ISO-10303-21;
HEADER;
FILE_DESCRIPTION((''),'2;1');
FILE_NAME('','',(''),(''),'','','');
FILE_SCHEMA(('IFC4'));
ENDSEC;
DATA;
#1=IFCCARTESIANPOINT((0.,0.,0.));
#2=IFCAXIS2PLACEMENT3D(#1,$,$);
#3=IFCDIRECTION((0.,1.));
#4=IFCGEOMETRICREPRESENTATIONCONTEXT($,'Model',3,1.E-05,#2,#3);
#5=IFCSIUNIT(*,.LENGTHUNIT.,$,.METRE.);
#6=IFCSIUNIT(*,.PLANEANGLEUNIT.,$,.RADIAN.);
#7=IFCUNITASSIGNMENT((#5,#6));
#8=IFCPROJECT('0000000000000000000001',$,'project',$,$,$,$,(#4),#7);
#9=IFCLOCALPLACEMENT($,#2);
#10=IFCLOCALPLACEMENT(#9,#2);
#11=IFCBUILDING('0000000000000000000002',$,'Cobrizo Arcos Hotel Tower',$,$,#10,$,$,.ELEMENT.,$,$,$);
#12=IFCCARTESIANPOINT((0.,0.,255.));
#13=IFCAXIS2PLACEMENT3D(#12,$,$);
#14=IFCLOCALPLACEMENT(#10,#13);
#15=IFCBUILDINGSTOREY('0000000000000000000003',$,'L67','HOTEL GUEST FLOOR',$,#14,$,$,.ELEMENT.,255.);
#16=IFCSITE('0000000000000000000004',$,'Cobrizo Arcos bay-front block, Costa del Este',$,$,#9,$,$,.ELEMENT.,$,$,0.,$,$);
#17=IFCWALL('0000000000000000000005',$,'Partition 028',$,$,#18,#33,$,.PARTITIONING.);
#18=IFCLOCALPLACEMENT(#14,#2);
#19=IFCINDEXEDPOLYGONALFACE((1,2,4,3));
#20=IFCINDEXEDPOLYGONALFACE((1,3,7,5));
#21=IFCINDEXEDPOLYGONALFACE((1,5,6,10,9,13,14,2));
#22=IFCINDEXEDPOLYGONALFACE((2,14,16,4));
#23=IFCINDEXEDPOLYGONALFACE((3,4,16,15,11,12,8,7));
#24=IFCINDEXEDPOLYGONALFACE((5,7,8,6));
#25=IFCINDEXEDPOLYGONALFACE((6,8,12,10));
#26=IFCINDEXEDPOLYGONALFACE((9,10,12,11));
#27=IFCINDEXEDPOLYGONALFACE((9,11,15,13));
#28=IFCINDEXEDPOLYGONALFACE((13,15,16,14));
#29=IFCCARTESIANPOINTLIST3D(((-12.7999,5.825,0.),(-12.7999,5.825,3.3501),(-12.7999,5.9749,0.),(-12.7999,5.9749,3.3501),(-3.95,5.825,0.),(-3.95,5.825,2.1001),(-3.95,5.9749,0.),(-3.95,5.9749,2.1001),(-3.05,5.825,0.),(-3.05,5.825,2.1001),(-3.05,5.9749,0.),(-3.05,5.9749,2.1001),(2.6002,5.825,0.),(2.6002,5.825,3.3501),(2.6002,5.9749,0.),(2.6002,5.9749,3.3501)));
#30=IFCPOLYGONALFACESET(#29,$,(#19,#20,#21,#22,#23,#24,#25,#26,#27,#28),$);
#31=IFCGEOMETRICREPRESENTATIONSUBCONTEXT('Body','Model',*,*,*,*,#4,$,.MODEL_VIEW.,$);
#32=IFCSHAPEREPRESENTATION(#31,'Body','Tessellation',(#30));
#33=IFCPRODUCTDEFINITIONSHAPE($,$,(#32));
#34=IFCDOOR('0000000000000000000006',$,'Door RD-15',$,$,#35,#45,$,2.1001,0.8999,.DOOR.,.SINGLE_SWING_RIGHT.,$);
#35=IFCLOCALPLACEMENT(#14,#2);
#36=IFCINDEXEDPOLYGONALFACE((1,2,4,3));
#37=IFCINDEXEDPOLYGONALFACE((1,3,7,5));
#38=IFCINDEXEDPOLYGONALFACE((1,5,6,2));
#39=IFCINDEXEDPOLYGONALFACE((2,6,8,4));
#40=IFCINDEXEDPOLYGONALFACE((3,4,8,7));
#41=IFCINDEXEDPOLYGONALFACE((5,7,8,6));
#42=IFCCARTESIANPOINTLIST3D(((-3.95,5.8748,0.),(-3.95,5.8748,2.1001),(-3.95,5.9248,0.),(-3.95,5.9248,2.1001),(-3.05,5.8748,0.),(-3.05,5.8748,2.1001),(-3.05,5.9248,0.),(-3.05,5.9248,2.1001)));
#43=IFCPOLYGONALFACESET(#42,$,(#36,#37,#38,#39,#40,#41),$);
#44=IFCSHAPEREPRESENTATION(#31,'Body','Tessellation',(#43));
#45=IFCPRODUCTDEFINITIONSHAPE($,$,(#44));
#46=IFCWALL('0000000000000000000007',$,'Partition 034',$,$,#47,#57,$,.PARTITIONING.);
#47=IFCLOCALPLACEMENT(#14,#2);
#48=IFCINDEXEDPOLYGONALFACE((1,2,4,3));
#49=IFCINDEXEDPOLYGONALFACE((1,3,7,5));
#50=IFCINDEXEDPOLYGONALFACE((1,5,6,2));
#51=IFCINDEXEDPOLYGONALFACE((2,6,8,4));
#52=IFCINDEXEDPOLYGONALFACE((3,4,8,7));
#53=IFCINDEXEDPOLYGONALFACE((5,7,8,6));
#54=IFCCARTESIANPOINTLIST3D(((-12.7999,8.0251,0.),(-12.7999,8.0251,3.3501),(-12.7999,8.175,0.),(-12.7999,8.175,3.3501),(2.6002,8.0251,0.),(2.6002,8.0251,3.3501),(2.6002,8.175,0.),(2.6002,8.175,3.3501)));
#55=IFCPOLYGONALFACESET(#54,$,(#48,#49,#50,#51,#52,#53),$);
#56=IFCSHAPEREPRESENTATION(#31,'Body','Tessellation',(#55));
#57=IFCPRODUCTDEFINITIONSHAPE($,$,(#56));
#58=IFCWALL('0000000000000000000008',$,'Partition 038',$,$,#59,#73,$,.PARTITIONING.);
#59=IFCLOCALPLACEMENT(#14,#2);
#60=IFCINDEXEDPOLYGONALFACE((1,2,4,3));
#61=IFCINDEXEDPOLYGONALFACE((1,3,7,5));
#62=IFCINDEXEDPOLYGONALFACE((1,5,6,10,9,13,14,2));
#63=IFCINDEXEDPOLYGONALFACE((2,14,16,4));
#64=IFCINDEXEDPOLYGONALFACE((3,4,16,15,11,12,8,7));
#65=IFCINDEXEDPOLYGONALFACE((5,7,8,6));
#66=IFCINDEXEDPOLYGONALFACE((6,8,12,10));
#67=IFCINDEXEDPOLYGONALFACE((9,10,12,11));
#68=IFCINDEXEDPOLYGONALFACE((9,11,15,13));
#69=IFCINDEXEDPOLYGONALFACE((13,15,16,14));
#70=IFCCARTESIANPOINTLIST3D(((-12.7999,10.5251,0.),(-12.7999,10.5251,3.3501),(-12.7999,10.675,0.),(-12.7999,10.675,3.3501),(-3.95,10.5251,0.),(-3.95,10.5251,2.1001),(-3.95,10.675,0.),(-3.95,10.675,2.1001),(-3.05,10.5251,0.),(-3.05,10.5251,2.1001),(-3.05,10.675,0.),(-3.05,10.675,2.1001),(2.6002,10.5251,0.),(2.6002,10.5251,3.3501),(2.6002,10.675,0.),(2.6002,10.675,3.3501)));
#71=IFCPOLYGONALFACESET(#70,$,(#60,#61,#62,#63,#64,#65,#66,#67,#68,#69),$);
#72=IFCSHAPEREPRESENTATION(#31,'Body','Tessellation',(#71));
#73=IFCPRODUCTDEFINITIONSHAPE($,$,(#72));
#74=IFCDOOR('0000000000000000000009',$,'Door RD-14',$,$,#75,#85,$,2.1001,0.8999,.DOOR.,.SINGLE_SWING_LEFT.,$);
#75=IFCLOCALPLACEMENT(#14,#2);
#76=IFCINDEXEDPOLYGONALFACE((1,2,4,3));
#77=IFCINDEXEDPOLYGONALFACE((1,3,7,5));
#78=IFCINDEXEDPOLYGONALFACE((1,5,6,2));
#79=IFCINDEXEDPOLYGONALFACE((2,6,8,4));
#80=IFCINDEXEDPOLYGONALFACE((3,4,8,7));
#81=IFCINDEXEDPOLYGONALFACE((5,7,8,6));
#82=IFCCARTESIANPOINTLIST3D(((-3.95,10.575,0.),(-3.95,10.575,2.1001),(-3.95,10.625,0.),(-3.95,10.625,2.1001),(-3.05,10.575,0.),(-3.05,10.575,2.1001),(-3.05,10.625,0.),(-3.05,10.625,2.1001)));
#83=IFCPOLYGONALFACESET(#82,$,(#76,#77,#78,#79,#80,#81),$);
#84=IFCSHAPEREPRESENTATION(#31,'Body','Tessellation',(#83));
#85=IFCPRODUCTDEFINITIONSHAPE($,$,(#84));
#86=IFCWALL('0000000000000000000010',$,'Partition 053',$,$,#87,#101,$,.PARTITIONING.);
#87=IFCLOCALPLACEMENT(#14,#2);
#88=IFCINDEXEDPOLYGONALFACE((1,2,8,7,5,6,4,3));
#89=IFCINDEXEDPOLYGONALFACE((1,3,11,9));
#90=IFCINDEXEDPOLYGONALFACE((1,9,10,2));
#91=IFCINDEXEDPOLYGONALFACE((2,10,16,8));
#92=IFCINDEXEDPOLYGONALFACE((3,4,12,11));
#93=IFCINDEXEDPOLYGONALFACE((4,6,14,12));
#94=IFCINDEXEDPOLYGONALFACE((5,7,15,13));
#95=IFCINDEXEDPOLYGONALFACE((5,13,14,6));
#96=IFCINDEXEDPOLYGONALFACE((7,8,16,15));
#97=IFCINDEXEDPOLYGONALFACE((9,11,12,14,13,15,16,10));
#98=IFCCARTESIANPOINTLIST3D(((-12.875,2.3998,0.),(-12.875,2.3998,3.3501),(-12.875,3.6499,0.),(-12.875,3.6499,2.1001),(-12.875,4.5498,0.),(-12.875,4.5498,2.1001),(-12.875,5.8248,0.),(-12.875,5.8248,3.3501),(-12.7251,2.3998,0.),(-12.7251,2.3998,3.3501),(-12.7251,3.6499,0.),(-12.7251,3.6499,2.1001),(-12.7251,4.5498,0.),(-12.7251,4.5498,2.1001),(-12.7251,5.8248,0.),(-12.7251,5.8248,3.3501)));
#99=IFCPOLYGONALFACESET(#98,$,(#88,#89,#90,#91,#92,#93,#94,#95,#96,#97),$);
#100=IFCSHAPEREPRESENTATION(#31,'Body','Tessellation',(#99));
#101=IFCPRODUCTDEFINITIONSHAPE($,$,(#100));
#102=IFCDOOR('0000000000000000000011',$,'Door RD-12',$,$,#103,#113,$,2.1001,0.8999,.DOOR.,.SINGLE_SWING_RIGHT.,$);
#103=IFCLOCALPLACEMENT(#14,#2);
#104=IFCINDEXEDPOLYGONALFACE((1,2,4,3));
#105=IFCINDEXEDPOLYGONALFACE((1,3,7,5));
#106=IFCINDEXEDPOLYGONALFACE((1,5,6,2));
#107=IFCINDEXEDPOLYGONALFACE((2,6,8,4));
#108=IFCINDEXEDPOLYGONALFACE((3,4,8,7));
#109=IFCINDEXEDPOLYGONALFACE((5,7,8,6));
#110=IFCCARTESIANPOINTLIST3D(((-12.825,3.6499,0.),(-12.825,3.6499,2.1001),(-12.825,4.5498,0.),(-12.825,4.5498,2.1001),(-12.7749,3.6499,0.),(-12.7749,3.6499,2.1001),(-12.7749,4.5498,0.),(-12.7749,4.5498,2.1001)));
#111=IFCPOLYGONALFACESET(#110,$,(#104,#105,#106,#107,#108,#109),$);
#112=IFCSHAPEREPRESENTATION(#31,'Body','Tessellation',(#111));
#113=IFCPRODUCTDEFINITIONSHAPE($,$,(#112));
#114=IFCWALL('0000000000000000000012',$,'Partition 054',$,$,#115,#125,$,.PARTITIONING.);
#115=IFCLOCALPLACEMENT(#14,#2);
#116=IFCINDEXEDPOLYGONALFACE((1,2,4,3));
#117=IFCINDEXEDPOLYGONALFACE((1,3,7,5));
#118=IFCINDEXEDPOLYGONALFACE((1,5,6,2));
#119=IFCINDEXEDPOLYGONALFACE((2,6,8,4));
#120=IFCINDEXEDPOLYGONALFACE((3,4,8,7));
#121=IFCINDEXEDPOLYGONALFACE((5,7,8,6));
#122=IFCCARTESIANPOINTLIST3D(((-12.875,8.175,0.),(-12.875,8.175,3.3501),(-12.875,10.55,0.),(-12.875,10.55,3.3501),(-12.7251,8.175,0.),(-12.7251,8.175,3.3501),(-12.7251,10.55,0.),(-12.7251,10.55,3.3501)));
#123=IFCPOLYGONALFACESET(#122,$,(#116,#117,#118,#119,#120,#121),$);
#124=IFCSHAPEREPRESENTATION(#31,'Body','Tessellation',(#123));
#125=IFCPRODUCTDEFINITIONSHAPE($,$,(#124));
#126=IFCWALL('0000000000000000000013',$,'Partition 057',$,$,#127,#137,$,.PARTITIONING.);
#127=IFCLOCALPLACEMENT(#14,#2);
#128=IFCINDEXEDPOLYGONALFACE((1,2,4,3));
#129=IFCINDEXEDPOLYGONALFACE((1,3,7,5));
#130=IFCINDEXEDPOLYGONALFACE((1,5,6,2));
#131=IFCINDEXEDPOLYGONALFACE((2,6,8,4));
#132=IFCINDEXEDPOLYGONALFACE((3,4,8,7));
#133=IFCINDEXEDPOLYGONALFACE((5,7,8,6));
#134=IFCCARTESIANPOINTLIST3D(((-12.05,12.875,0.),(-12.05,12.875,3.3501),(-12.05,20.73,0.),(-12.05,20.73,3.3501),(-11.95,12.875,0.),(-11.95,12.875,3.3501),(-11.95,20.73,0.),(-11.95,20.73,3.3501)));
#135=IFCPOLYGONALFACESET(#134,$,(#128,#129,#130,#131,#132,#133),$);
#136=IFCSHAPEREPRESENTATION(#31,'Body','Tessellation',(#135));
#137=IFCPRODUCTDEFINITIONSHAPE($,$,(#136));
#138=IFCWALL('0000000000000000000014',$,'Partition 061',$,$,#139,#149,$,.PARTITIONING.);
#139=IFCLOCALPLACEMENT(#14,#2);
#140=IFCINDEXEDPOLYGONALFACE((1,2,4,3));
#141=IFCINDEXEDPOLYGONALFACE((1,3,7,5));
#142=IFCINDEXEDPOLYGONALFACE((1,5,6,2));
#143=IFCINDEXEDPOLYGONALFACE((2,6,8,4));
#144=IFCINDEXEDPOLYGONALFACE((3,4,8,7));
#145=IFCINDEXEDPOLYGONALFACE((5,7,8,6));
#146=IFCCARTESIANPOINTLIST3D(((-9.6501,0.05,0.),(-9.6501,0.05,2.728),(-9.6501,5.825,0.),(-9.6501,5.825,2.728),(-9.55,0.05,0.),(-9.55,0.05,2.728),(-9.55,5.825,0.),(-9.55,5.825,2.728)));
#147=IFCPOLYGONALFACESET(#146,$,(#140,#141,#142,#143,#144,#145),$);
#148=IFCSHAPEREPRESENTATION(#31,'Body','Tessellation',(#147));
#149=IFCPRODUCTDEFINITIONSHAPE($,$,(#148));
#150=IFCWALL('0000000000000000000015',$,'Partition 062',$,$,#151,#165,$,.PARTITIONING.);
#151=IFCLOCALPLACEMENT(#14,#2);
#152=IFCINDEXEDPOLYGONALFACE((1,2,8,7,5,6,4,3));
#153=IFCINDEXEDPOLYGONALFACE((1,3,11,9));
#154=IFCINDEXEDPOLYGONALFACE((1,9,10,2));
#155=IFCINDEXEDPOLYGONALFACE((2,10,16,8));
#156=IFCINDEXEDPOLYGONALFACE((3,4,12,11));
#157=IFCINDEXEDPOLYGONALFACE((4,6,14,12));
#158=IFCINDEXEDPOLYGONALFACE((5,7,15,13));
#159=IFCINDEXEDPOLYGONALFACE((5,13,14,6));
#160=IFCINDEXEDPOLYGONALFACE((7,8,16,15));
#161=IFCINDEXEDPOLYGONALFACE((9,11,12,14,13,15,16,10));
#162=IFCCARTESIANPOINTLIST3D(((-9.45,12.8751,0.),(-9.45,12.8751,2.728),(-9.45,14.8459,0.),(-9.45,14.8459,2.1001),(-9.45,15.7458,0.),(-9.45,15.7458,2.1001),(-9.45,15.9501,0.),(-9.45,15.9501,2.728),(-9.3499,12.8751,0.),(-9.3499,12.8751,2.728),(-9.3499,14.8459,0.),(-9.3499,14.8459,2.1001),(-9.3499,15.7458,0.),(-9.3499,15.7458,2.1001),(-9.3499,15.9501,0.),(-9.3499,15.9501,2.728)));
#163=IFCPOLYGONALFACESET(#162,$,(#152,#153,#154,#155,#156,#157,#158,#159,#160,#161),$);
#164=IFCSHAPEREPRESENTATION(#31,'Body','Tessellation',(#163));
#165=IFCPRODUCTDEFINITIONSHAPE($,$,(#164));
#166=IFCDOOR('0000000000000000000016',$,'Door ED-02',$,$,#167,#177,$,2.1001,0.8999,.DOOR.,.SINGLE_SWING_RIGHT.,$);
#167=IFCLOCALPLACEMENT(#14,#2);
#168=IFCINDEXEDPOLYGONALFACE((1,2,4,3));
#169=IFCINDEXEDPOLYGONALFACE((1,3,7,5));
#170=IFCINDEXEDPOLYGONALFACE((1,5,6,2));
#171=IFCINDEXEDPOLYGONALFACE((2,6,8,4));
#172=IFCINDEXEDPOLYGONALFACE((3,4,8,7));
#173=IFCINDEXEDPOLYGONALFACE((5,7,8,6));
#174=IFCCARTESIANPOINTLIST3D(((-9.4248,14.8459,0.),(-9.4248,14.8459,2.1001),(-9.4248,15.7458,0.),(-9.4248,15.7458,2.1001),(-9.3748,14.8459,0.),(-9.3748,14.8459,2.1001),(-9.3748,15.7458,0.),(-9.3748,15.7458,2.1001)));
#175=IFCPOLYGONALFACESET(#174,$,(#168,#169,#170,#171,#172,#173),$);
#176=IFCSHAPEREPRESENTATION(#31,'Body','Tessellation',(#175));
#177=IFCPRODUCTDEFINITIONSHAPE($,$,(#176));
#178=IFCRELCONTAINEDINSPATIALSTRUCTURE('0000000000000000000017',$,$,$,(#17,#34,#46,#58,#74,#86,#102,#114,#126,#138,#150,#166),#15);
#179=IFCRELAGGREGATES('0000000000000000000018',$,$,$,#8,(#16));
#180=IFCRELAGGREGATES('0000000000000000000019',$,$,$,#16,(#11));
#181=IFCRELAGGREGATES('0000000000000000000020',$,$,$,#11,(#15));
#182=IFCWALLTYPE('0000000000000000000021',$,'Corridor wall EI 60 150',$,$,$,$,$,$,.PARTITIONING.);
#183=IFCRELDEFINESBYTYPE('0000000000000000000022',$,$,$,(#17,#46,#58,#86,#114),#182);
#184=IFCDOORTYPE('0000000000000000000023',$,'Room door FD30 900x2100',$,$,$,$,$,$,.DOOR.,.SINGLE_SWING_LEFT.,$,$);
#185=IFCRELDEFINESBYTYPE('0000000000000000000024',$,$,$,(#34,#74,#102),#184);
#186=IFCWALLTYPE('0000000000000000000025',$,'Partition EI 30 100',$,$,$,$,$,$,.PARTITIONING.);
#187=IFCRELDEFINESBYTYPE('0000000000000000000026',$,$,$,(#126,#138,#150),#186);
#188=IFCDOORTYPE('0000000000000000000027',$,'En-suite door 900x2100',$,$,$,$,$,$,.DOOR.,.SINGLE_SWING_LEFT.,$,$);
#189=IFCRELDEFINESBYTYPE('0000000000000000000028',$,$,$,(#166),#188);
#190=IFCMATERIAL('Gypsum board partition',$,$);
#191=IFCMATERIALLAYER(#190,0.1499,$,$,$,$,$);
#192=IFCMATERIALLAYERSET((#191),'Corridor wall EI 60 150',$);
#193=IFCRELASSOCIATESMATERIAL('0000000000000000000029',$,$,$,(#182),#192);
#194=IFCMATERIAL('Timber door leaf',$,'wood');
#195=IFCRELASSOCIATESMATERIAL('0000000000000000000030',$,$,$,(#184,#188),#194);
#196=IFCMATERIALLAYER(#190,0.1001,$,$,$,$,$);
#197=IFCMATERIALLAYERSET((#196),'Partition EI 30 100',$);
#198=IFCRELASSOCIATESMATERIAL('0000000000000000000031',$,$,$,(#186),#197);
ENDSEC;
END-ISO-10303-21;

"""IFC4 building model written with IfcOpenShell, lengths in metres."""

from ifc_helpers import new_model, si_unit, direction, frame, frame_2d, origin, place, context, subcontext, project, spatial, rectangle, extrude, material, layer, layer_set, type_object, element, fill, save


model = new_model("IFC4")

# Units and contexts
model_context = context("Model", 3, precision=1e-05, world=origin(), true_north=direction((0.0, 1.0)))
body_context = subcontext(model_context, "Body", "Model", "MODEL_VIEW")
ifc_project = project(units=[si_unit("LENGTHUNIT", "METRE"), si_unit("PLANEANGLEUNIT", "RADIAN")], contexts=[model_context])

# Site, building, storey
site_placement = place(None, origin())
site = spatial("IfcSite", under=ifc_project, at=site_placement, Name="Cobrizo Arcos bay-front block, Costa del Este", CompositionType="ELEMENT", RefElevation=0.0)
building_placement = place(site_placement, origin())
building = spatial("IfcBuilding", under=site, at=building_placement, Name="Cobrizo Arcos Hotel Tower", CompositionType="ELEMENT")
storey_placement = place(building_placement, frame((0.0, 0.0, 255.0)))
storey = spatial("IfcBuildingStorey", under=building, at=storey_placement, Name="L67", Description="HOTEL GUEST FLOOR", CompositionType="ELEMENT", Elevation=255.0)

# Wall, opening, door
ifc_material_1 = material(Name="Gypsum board partition")
ifc_layer_1 = layer(ifc_material_1, 0.1499)
ifc_layer_set_1 = layer_set([ifc_layer_1], Name="Corridor wall EI 60 150")
wall_type_1 = type_object("IfcWallType", Name="Corridor wall EI 60 150", PredefinedType="PARTITIONING", material=ifc_layer_set_1)
wall_1_placement = place(storey_placement, frame((-12.8, 5.8999, 0.0), z_axis=(0.0, 0.0, 1.0), x_axis=(1.0, 0.0, 0.0)))
wall_1 = element("IfcWall", 1, at=wall_1_placement, inside=storey, type_object=wall_type_1, Name="Partition 028", PredefinedType="PARTITIONING", context=body_context, shape_type="SweptSolid", body=[
    extrude(rectangle(XDim=15.4001, YDim=0.1499, at=frame_2d((7.7002, 0.0))), origin(), (0.0, 0.0, 1.0), 3.3501),
])
opening_1_placement = place(wall_1_placement, frame((8.8501, 0.0, 0.0)))
opening_1 = element("IfcOpeningElement", 2, at=opening_1_placement, cuts=wall_1, PredefinedType="OPENING", context=body_context, shape_type="SweptSolid", body=[
    extrude(rectangle(XDim=0.8999, YDim=2.1001, at=frame_2d((0.45, 1.05))), frame((0.0, 0.0869, 0.0), z_axis=(0.0, -1.0, 0.0), x_axis=(1.0, 0.0, 0.0)), (0.0, 0.0, 1.0), 0.1738),
])
ifc_material_2 = material(Name="Timber door leaf", Category="wood")
door_type_1 = type_object("IfcDoorType", Name="Room door FD30 900x2100", OperationType="SINGLE_SWING_LEFT", PredefinedType="DOOR", material=ifc_material_2)
door_1_placement = place(opening_1_placement, origin())
door_1 = element("IfcDoor", 3, at=door_1_placement, inside=storey, type_object=door_type_1, Name="Door RD-15", OperationType="SINGLE_SWING_RIGHT", OverallHeight=2.1001, OverallWidth=0.8999, PredefinedType="DOOR", context=body_context, shape_type="SweptSolid", body=[
    extrude(rectangle(XDim=0.8999, YDim=2.1001, at=frame_2d((0.45, 1.05))), frame((0.0, 0.0249, 0.0), z_axis=(0.0, -1.0, 0.0), x_axis=(1.0, 0.0, 0.0)), (0.0, 0.0, 1.0), 0.05),
])
fill(opening_1, door_1)

# Wall
wall_2_placement = place(storey_placement, frame((-12.8, 8.1001, 0.0), z_axis=(0.0, 0.0, 1.0), x_axis=(1.0, 0.0, 0.0)))
element("IfcWall", 4, at=wall_2_placement, inside=storey, type_object=wall_type_1, Name="Partition 034", PredefinedType="PARTITIONING", context=body_context, shape_type="SweptSolid", body=[
    extrude(rectangle(XDim=15.4001, YDim=0.1499, at=frame_2d((7.7002, 0.0))), origin(), (0.0, 0.0, 1.0), 3.3501),
])

# Walls, openings, doors
wall_3_placement = place(storey_placement, frame((-12.8, 10.6001, 0.0), z_axis=(0.0, 0.0, 1.0), x_axis=(1.0, 0.0, 0.0)))
wall_3 = element("IfcWall", 5, at=wall_3_placement, inside=storey, type_object=wall_type_1, Name="Partition 038", PredefinedType="PARTITIONING", context=body_context, shape_type="SweptSolid", body=[
    extrude(rectangle(XDim=15.4001, YDim=0.1499, at=frame_2d((7.7002, 0.0))), origin(), (0.0, 0.0, 1.0), 3.3501),
])
opening_2_placement = place(wall_3_placement, frame((8.8501, 0.0, 0.0)))
opening_2 = element("IfcOpeningElement", 6, at=opening_2_placement, cuts=wall_3, PredefinedType="OPENING", context=body_context, shape_type="SweptSolid", body=[
    extrude(rectangle(XDim=0.8999, YDim=2.1001, at=frame_2d((0.45, 1.05))), frame((0.0, 0.0869, 0.0), z_axis=(0.0, -1.0, 0.0), x_axis=(1.0, 0.0, 0.0)), (0.0, 0.0, 1.0), 0.1738),
])
door_2_placement = place(opening_2_placement, origin())
door_2 = element("IfcDoor", 7, at=door_2_placement, inside=storey, type_object=door_type_1, Name="Door RD-14", OperationType="SINGLE_SWING_LEFT", OverallHeight=2.1001, OverallWidth=0.8999, PredefinedType="DOOR", context=body_context, shape_type="SweptSolid", body=[
    extrude(rectangle(XDim=0.8999, YDim=2.1001, at=frame_2d((0.45, 1.05))), frame((0.0, 0.0249, 0.0), z_axis=(0.0, -1.0, 0.0), x_axis=(1.0, 0.0, 0.0)), (0.0, 0.0, 1.0), 0.05),
])
fill(opening_2, door_2)
wall_4_placement = place(storey_placement, frame((-12.8, 2.3999, 0.0), z_axis=(0.0, 0.0, 1.0), x_axis=(0.0, 1.0, 0.0)))
wall_4 = element("IfcWall", 8, at=wall_4_placement, inside=storey, type_object=wall_type_1, Name="Partition 053", PredefinedType="PARTITIONING", context=body_context, shape_type="SweptSolid", body=[
    extrude(rectangle(XDim=3.425, YDim=0.1499, at=frame_2d((1.7124, 0.0))), origin(), (0.0, 0.0, 1.0), 3.3501),
])
opening_3_placement = place(wall_4_placement, frame((1.25, 0.0, 0.0)))
opening_3 = element("IfcOpeningElement", 9, at=opening_3_placement, cuts=wall_4, PredefinedType="OPENING", context=body_context, shape_type="SweptSolid", body=[
    extrude(rectangle(XDim=0.8999, YDim=2.1001, at=frame_2d((0.45, 1.05))), frame((0.0, 0.0869, 0.0), z_axis=(0.0, -1.0, 0.0), x_axis=(1.0, 0.0, 0.0)), (0.0, 0.0, 1.0), 0.1738),
])
door_3_placement = place(opening_3_placement, origin())
door_3 = element("IfcDoor", 10, at=door_3_placement, inside=storey, type_object=door_type_1, Name="Door RD-12", OperationType="SINGLE_SWING_RIGHT", OverallHeight=2.1001, OverallWidth=0.8999, PredefinedType="DOOR", context=body_context, shape_type="SweptSolid", body=[
    extrude(rectangle(XDim=0.8999, YDim=2.1001, at=frame_2d((0.45, 1.05))), frame((0.0, 0.0249, 0.0), z_axis=(0.0, -1.0, 0.0), x_axis=(1.0, 0.0, 0.0)), (0.0, 0.0, 1.0), 0.05),
])
fill(opening_3, door_3)

# Walls
wall_5_placement = place(storey_placement, frame((-12.8, 8.175, 0.0), z_axis=(0.0, 0.0, 1.0), x_axis=(0.0, 1.0, 0.0)))
element("IfcWall", 11, at=wall_5_placement, inside=storey, type_object=wall_type_1, Name="Partition 054", PredefinedType="PARTITIONING", context=body_context, shape_type="SweptSolid", body=[
    extrude(rectangle(XDim=2.375, YDim=0.1499, at=frame_2d((1.1875, 0.0))), origin(), (0.0, 0.0, 1.0), 3.3501),
])
ifc_layer_2 = layer(ifc_material_1, 0.1001)
ifc_layer_set_2 = layer_set([ifc_layer_2], Name="Partition EI 30 100")
wall_type_2 = type_object("IfcWallType", Name="Partition EI 30 100", PredefinedType="PARTITIONING", material=ifc_layer_set_2)
wall_6_placement = place(storey_placement, frame((-12.0, 12.875, 0.0), z_axis=(0.0, 0.0, 1.0), x_axis=(0.0, 1.0, 0.0)))
element("IfcWall", 12, at=wall_6_placement, inside=storey, type_object=wall_type_2, Name="Partition 057", PredefinedType="PARTITIONING", context=body_context, shape_type="SweptSolid", body=[
    extrude(rectangle(XDim=7.855, YDim=0.1001, at=frame_2d((3.9275, 0.0))), origin(), (0.0, 0.0, 1.0), 3.3501),
])
wall_7_placement = place(storey_placement, frame((-9.6001, 0.05, 0.0), z_axis=(0.0, 0.0, 1.0), x_axis=(0.0, 1.0, 0.0)))
element("IfcWall", 13, at=wall_7_placement, inside=storey, type_object=wall_type_2, Name="Partition 061", PredefinedType="PARTITIONING", context=body_context, shape_type="SweptSolid", body=[
    extrude(rectangle(XDim=5.7749, YDim=0.1001, at=frame_2d((2.8875, 0.0))), origin(), (0.0, 0.0, 1.0), 2.728),
])

# Wall, opening, door
wall_8_placement = place(storey_placement, frame((-9.3999, 12.875, 0.0), z_axis=(0.0, 0.0, 1.0), x_axis=(0.0, 1.0, 0.0)))
wall_8 = element("IfcWall", 14, at=wall_8_placement, inside=storey, type_object=wall_type_2, Name="Partition 062", PredefinedType="PARTITIONING", context=body_context, shape_type="SweptSolid", body=[
    extrude(rectangle(XDim=3.075, YDim=0.1001, at=frame_2d((1.5376, 0.0))), origin(), (0.0, 0.0, 1.0), 2.728),
])
opening_4_placement = place(wall_8_placement, frame((1.9709, 0.0, 0.0)))
opening_4 = element("IfcOpeningElement", 15, at=opening_4_placement, cuts=wall_8, PredefinedType="OPENING", context=body_context, shape_type="SweptSolid", body=[
    extrude(rectangle(XDim=0.8999, YDim=2.1001, at=frame_2d((0.45, 1.05))), frame((0.0, 0.062, 0.0), z_axis=(0.0, -1.0, 0.0), x_axis=(1.0, 0.0, 0.0)), (0.0, 0.0, 1.0), 0.124),
])
door_type_2 = type_object("IfcDoorType", Name="En-suite door 900x2100", OperationType="SINGLE_SWING_LEFT", PredefinedType="DOOR", material=ifc_material_2)
door_4_placement = place(opening_4_placement, origin())
door_4 = element("IfcDoor", 16, at=door_4_placement, inside=storey, type_object=door_type_2, Name="Door ED-02", OperationType="SINGLE_SWING_RIGHT", OverallHeight=2.1001, OverallWidth=0.8999, PredefinedType="DOOR", context=body_context, shape_type="SweptSolid", body=[
    extrude(rectangle(XDim=0.8999, YDim=2.1001, at=frame_2d((0.45, 1.05))), frame((0.0, 0.0249, 0.0), z_axis=(0.0, -1.0, 0.0), x_axis=(1.0, 0.0, 0.0)), (0.0, 0.0, 1.0), 0.05),
])
fill(opening_4, door_4)

save(model, "model.ifc")
